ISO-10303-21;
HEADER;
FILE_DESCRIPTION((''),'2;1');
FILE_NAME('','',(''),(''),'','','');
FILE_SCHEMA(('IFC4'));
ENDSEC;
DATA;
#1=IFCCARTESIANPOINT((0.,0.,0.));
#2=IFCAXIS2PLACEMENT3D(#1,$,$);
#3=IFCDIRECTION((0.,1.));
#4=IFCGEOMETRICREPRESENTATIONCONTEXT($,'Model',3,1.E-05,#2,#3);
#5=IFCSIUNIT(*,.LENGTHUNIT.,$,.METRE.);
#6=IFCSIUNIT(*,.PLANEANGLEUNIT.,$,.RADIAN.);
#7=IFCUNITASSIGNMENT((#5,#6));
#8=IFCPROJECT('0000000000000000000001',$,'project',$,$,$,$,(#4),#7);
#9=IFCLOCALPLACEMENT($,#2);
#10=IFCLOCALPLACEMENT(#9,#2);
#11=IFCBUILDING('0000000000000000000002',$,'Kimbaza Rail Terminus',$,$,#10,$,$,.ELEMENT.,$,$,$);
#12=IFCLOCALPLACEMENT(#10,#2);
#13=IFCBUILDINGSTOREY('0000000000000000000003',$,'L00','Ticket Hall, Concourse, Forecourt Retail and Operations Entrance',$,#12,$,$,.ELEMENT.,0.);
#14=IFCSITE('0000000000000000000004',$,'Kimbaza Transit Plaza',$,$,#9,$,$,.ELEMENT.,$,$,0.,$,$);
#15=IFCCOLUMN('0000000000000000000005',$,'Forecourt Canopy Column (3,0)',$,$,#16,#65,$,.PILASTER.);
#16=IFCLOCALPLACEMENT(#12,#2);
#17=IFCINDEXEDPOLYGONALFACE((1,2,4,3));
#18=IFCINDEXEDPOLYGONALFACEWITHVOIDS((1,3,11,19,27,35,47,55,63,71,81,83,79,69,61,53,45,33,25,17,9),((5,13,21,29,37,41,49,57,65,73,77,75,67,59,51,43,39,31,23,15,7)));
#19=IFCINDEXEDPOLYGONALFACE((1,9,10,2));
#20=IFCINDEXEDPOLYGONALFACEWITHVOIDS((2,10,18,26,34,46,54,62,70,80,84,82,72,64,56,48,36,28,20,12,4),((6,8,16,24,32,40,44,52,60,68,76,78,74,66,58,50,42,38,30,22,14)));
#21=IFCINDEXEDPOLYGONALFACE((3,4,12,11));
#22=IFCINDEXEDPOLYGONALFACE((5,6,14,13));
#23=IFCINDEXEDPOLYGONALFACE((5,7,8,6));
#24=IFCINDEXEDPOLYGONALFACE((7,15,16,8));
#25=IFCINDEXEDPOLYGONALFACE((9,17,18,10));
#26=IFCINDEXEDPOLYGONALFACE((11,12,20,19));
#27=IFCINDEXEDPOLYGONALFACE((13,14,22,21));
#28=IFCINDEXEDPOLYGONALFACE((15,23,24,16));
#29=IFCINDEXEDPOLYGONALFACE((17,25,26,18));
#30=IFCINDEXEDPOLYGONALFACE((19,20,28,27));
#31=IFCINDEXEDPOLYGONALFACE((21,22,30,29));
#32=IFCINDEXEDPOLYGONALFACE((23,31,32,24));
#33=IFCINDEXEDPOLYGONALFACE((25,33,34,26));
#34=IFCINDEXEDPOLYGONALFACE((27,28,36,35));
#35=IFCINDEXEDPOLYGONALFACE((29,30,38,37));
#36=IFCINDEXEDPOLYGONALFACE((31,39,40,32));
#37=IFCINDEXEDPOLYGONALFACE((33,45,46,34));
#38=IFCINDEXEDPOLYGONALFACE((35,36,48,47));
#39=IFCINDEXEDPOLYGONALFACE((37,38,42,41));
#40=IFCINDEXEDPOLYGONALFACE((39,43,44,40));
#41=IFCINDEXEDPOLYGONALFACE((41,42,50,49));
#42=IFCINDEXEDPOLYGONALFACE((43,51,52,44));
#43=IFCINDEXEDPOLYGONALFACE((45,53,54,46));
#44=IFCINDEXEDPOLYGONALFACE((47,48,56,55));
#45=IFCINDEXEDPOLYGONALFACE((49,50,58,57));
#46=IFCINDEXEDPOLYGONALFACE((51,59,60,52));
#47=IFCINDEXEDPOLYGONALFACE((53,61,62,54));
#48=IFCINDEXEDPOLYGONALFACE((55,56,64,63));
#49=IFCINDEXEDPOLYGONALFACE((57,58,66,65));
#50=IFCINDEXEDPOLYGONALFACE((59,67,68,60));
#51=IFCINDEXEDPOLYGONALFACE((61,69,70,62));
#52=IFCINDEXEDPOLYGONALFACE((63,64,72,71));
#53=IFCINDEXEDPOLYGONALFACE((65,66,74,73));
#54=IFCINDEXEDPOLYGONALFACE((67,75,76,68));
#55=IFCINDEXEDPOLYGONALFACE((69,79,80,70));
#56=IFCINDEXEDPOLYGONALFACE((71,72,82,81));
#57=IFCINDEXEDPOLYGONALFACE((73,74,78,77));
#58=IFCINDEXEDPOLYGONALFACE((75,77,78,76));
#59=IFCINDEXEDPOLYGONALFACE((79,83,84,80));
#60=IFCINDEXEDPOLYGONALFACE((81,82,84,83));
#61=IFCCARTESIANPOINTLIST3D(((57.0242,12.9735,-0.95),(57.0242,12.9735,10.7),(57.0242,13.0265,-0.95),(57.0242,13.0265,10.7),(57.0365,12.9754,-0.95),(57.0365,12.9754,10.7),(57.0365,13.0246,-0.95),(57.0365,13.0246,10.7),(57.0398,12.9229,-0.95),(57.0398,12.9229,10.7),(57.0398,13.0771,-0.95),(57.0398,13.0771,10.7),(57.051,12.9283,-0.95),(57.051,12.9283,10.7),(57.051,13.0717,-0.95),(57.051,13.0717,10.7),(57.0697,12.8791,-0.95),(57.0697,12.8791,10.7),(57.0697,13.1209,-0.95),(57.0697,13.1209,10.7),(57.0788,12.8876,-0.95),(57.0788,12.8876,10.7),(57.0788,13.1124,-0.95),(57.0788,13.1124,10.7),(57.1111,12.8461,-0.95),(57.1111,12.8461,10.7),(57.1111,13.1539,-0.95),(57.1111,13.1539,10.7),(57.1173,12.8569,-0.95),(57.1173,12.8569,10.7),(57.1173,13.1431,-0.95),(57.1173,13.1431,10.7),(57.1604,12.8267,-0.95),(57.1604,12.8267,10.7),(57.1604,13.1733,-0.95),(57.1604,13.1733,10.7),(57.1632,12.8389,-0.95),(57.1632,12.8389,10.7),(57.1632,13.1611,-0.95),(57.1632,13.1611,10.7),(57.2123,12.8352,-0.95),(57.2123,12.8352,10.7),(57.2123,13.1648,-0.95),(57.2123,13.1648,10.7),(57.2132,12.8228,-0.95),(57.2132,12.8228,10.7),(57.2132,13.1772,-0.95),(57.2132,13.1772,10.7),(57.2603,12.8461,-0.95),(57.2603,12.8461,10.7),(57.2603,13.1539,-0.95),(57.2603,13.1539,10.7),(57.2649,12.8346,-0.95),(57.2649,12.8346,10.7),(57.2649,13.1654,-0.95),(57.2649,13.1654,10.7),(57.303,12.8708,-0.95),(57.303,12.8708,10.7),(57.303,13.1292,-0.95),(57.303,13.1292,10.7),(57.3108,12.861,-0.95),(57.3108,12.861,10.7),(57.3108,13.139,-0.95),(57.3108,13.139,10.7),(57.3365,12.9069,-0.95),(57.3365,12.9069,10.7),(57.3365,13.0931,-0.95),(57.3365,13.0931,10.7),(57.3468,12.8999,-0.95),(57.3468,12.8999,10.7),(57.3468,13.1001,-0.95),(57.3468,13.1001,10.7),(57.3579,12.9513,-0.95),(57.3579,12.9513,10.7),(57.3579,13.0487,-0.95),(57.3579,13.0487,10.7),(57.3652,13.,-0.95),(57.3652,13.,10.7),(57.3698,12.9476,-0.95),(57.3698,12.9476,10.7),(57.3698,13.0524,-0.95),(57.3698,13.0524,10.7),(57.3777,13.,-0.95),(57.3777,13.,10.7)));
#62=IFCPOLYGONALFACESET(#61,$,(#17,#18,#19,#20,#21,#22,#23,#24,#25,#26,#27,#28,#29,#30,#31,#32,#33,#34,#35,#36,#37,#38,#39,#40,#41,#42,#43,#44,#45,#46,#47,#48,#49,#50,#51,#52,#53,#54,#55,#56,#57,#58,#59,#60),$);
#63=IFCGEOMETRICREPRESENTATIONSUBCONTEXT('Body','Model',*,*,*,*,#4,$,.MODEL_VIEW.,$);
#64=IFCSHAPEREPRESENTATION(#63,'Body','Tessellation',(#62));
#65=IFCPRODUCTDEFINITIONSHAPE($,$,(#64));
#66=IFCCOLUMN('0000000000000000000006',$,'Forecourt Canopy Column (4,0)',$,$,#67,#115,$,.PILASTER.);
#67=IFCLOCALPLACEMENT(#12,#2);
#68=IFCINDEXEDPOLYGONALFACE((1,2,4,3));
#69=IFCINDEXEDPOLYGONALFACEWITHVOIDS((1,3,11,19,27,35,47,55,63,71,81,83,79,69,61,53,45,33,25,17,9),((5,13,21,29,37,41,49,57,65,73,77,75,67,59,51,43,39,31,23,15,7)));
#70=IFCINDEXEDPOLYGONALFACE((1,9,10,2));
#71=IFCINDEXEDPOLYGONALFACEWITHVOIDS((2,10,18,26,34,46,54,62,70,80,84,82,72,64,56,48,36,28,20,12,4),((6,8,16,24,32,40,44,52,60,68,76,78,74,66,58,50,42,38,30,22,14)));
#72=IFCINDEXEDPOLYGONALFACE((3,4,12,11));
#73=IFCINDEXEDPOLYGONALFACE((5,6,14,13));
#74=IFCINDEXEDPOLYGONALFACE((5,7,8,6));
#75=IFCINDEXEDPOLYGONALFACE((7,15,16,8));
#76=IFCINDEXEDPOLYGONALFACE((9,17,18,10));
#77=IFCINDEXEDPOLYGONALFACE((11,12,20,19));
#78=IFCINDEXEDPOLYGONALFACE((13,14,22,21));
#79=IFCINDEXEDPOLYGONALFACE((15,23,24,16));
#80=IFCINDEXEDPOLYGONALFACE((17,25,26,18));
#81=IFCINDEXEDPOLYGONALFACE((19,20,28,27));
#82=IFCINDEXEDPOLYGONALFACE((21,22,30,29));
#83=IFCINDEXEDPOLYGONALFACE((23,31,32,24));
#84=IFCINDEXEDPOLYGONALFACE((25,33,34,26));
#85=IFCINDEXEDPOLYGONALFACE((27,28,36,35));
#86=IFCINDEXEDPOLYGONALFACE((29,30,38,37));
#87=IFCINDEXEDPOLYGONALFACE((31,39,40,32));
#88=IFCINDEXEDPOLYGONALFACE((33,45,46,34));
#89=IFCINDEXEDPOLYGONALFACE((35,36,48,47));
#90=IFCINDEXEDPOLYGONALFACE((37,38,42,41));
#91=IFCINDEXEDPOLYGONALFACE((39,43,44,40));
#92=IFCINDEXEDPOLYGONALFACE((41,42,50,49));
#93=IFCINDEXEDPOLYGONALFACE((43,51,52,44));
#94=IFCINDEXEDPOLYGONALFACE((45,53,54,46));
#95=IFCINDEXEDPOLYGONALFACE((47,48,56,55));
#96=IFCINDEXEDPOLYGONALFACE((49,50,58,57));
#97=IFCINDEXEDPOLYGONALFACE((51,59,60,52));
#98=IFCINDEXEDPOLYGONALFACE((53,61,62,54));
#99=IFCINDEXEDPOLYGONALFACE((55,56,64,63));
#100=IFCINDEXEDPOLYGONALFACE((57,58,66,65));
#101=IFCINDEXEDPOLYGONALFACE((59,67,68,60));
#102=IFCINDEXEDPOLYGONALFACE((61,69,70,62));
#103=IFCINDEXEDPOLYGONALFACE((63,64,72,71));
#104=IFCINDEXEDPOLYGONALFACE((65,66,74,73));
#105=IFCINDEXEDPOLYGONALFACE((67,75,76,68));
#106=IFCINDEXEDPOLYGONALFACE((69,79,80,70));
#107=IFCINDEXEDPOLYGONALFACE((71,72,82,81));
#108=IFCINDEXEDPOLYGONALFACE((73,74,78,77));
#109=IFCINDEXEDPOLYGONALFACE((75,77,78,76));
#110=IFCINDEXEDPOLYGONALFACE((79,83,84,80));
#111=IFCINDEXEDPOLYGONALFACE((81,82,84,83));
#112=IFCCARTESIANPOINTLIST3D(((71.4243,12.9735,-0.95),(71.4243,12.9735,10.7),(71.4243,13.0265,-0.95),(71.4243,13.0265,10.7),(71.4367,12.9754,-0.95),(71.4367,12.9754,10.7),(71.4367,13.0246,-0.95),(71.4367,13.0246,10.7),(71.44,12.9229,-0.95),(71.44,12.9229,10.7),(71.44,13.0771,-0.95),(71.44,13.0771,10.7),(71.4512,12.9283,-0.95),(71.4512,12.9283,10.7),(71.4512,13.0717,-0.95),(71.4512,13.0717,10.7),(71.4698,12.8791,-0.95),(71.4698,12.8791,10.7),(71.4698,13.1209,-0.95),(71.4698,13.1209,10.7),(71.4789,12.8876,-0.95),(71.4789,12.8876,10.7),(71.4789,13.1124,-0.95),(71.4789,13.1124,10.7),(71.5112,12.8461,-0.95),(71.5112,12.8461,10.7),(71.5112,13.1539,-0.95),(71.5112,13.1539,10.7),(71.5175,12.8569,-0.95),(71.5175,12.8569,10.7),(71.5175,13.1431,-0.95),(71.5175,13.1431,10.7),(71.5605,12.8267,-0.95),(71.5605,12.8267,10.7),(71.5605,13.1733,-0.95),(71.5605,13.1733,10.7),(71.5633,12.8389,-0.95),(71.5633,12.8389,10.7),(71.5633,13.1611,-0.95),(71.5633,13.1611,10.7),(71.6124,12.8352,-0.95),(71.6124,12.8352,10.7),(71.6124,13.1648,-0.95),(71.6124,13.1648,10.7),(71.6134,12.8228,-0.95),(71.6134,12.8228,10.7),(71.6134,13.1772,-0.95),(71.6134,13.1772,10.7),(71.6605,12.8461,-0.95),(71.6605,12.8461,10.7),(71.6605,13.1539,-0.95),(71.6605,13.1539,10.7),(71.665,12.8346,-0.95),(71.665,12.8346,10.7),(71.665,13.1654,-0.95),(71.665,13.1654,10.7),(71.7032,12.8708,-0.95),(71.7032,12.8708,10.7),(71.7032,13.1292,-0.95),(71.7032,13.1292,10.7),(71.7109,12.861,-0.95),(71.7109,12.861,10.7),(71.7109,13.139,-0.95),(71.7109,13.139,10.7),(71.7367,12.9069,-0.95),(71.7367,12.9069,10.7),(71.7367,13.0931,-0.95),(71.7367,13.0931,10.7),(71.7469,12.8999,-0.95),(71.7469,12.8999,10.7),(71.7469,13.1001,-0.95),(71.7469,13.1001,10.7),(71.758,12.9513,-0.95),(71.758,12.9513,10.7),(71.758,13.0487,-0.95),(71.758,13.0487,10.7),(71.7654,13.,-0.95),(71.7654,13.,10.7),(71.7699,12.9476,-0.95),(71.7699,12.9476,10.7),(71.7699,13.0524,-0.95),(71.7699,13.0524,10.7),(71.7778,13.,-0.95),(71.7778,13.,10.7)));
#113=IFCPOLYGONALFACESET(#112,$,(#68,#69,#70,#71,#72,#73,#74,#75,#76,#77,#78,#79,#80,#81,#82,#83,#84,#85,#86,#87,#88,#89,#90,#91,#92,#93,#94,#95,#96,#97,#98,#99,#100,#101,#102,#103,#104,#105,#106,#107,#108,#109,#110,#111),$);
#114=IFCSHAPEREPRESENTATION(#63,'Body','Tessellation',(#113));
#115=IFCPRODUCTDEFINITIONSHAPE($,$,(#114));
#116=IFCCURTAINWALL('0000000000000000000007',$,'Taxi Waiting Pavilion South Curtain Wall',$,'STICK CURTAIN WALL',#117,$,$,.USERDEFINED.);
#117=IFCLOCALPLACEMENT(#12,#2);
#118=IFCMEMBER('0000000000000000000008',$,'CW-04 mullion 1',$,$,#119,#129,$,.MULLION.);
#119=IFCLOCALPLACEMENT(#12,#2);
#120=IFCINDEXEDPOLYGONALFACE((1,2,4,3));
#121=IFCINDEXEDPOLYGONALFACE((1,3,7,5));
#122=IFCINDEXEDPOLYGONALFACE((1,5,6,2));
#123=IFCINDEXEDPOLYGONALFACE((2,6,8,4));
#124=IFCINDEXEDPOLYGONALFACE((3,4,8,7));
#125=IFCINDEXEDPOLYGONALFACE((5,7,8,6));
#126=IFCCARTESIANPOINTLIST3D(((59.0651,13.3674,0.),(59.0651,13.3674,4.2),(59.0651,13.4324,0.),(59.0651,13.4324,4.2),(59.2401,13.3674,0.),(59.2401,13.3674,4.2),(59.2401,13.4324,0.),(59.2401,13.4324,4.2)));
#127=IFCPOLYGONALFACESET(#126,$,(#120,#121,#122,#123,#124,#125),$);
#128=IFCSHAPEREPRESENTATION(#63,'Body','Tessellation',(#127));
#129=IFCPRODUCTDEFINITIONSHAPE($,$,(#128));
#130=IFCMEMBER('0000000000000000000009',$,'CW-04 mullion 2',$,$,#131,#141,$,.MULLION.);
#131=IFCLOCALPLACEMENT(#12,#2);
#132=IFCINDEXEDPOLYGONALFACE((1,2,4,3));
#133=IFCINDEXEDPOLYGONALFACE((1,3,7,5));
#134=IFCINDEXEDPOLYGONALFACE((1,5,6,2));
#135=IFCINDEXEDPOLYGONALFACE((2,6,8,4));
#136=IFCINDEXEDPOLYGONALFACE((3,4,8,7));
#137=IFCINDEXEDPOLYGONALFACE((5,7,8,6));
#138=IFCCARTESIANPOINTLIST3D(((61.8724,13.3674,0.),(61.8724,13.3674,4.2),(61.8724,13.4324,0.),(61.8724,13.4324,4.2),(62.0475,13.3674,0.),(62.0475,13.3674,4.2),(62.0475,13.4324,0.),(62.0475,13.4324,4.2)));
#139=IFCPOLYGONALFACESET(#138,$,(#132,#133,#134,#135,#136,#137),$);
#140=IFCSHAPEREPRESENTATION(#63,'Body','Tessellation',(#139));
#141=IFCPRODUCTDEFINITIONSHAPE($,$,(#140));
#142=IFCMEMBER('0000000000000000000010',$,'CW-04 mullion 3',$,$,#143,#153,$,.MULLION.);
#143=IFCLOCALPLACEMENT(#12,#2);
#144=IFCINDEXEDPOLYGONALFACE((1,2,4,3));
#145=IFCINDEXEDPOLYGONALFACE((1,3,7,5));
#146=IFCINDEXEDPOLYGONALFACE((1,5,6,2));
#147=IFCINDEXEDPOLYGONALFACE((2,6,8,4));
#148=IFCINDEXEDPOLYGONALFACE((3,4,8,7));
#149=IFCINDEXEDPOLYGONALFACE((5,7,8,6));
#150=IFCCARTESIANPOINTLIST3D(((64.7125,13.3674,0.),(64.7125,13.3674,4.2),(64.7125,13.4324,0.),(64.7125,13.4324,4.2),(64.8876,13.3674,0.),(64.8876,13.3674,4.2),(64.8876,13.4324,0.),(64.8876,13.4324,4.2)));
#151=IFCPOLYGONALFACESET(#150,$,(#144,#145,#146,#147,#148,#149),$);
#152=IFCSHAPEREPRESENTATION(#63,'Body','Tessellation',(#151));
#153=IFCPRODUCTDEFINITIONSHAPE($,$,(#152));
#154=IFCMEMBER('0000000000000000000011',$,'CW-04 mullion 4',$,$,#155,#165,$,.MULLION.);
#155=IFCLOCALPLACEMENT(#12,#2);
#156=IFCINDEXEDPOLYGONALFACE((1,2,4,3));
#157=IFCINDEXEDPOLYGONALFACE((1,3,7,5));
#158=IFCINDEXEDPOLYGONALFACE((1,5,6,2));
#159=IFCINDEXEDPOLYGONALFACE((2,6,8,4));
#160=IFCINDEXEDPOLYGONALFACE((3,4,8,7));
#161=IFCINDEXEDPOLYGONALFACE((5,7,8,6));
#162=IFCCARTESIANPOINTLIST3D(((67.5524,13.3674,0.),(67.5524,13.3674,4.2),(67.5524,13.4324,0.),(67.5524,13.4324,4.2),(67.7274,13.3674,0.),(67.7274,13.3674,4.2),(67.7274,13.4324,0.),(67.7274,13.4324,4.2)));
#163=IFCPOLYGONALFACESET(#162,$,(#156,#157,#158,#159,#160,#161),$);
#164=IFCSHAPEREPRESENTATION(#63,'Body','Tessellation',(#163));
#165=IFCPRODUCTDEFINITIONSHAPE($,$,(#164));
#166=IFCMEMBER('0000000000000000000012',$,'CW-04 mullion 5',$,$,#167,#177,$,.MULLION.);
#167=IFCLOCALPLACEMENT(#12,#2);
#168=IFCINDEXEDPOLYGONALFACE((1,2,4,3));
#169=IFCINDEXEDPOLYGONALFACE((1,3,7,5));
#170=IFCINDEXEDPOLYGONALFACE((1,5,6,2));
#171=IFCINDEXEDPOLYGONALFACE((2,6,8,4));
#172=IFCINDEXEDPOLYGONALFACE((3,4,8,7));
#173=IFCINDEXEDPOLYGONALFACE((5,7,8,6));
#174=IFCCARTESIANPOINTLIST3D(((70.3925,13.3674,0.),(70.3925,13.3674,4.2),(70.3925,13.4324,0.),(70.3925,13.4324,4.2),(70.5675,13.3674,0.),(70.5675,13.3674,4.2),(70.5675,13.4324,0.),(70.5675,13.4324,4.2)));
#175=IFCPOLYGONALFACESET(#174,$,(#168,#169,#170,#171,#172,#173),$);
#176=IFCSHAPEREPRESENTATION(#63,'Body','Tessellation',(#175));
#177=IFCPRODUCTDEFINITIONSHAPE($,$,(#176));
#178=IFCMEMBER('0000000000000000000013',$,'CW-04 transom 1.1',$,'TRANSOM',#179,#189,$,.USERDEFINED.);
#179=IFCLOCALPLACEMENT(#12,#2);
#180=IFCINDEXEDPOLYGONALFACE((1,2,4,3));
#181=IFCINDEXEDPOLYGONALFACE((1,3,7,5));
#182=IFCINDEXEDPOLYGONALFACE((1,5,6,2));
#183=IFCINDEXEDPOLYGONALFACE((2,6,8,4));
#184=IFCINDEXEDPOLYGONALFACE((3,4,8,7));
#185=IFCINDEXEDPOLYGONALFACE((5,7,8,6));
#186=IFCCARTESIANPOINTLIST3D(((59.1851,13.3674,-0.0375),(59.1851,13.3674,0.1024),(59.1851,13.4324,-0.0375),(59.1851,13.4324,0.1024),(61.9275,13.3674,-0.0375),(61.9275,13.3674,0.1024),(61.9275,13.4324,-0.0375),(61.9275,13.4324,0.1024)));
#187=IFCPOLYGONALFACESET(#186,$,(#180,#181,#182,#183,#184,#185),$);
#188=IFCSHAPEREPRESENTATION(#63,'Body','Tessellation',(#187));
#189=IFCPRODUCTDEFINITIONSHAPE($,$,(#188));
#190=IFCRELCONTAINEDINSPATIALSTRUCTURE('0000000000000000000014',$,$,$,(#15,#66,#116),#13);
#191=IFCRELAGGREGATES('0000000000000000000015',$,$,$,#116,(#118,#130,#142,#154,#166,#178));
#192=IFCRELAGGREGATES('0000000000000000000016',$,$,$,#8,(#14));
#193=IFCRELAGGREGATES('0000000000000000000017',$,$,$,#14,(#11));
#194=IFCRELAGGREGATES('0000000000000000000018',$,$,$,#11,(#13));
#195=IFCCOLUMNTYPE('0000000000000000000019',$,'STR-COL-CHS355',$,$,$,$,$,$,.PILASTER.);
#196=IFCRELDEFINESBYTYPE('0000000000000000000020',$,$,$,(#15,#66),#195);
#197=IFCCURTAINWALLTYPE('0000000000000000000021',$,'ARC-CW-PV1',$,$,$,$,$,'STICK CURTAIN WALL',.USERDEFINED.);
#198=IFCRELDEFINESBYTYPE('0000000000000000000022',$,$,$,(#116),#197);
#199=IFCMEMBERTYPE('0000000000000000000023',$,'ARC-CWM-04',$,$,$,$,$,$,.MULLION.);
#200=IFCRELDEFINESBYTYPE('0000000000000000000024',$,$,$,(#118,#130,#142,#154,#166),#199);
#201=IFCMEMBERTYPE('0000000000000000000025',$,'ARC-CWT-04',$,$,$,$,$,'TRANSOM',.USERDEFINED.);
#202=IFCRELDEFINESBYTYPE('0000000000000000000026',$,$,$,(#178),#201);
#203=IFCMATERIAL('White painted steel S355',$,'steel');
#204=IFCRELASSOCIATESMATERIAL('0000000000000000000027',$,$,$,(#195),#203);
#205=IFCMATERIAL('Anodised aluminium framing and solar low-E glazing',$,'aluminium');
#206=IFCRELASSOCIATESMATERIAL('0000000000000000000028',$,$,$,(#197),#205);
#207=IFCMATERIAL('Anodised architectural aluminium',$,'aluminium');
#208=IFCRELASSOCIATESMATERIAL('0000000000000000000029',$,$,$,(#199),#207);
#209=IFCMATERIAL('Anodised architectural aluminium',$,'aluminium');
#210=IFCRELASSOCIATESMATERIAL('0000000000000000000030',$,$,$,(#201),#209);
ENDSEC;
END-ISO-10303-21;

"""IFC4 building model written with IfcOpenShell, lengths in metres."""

from ifc_helpers import new_model, si_unit, direction, frame, origin, origin_2d, place, context, subcontext, project, spatial, rectangle, hollow_circle, extrude, material, material_profile, profile_set, type_object, element, aggregate, save


model = new_model("IFC4")

# Units and contexts
model_context = context("Model", 3, precision=1e-05, world=origin(), true_north=direction((0.0, 1.0)))
body_context = subcontext(model_context, "Body", "Model", "MODEL_VIEW")
ifc_project = project(units=[si_unit("LENGTHUNIT", "METRE"), si_unit("PLANEANGLEUNIT", "RADIAN")], contexts=[model_context])

# Site, building, storey
site_placement = place(None, origin())
site = spatial("IfcSite", under=ifc_project, at=site_placement, Name="Kimbaza Transit Plaza", CompositionType="ELEMENT", RefElevation=0.0)
building_placement = place(site_placement, origin())
building = spatial("IfcBuilding", under=site, at=building_placement, Name="Kimbaza Rail Terminus", CompositionType="ELEMENT")
storey_placement = place(building_placement, origin())
storey = spatial("IfcBuildingStorey", under=building, at=storey_placement, Name="L00", Description="Ticket Hall, Concourse, Forecourt Retail and Operations Entrance", CompositionType="ELEMENT", Elevation=0.0)

# Columns
ifc_material_1 = material(Name="White painted steel S355", Category="steel")
ifc_material_profile_1 = material_profile(ifc_material_1, hollow_circle(Radius=0.1777, WallThickness=0.0125, at=origin_2d()), Name="CHS 355.6x12.5")
ifc_profile_set_1 = profile_set([ifc_material_profile_1], Name="White painted steel S355")
column_type = type_object("IfcColumnType", Name="STR-COL-CHS355", PredefinedType="PILASTER", material=ifc_profile_set_1)
for number, where, z_axis, x_axis, name in (
    (1, (57.2, 13.0, -0.95), (0.0, 0.0, 1.0), (1.0, 0.0, 0.0), "Forecourt Canopy Column (3,0)"),
    (2, (71.6001, 13.0, -0.95), (0.0, 0.0, 1.0), (1.0, 0.0, 0.0), "Forecourt Canopy Column (4,0)"),
):
    element("IfcColumn", number, at=place(storey_placement, frame(where, z_axis=z_axis, x_axis=x_axis)), inside=storey, type_object=column_type, Name=name, PredefinedType="PILASTER", context=body_context, shape_type="SweptSolid", body=[
        extrude(hollow_circle(Radius=0.1777, WallThickness=0.0125, at=origin_2d()), origin(), (0.0, 0.0, 1.0), 11.6499),
    ])

# Curtain wall, members
ifc_material_2 = material(Name="Anodised aluminium framing and solar low-E glazing", Category="aluminium")
curtain_wall_type = type_object("IfcCurtainWallType", Name="ARC-CW-PV1", ElementType="STICK CURTAIN WALL", PredefinedType="USERDEFINED", material=ifc_material_2)
curtain_wall_placement = place(storey_placement, origin())
curtain_wall = element("IfcCurtainWall", 3, at=curtain_wall_placement, inside=storey, type_object=curtain_wall_type, Name="Taxi Waiting Pavilion South Curtain Wall", ObjectType="STICK CURTAIN WALL", PredefinedType="USERDEFINED")
ifc_material_3 = material(Name="Anodised architectural aluminium", Category="aluminium")
ifc_material_profile_2 = material_profile(ifc_material_3, rectangle(XDim=0.0649, YDim=0.175, at=origin_2d()), Name="MULLION 65x175")
ifc_profile_set_2 = profile_set([ifc_material_profile_2], Name="Anodised architectural aluminium")
member_type_1 = type_object("IfcMemberType", Name="ARC-CWM-04", PredefinedType="MULLION", material=ifc_profile_set_2)
member_1_placement = place(storey_placement, frame((59.1526, 13.3999, 0.0), z_axis=(0.0, 0.0, 1.0), x_axis=(0.0, 1.0, 0.0)))
member_1 = element("IfcMember", 4, at=member_1_placement, type_object=member_type_1, Name="CW-04 mullion 1", PredefinedType="MULLION", context=body_context, shape_type="SweptSolid", body=[
    extrude(rectangle(XDim=0.0649, YDim=0.175, at=origin_2d()), origin(), (0.0, 0.0, 1.0), 4.2),
])
member_2_placement = place(storey_placement, frame((61.96, 13.3999, 0.0), z_axis=(0.0, 0.0, 1.0), x_axis=(0.0, 1.0, 0.0)))
member_2 = element("IfcMember", 5, at=member_2_placement, type_object=member_type_1, Name="CW-04 mullion 2", PredefinedType="MULLION", context=body_context, shape_type="SweptSolid", body=[
    extrude(rectangle(XDim=0.0649, YDim=0.175, at=origin_2d()), origin(), (0.0, 0.0, 1.0), 4.2),
])
member_3_placement = place(storey_placement, frame((64.8, 13.3999, 0.0), z_axis=(0.0, 0.0, 1.0), x_axis=(0.0, 1.0, 0.0)))
member_3 = element("IfcMember", 6, at=member_3_placement, type_object=member_type_1, Name="CW-04 mullion 3", PredefinedType="MULLION", context=body_context, shape_type="SweptSolid", body=[
    extrude(rectangle(XDim=0.0649, YDim=0.175, at=origin_2d()), origin(), (0.0, 0.0, 1.0), 4.2),
])
member_4_placement = place(storey_placement, frame((67.6399, 13.3999, 0.0), z_axis=(0.0, 0.0, 1.0), x_axis=(0.0, 1.0, 0.0)))
member_4 = element("IfcMember", 7, at=member_4_placement, type_object=member_type_1, Name="CW-04 mullion 4", PredefinedType="MULLION", context=body_context, shape_type="SweptSolid", body=[
    extrude(rectangle(XDim=0.0649, YDim=0.175, at=origin_2d()), origin(), (0.0, 0.0, 1.0), 4.2),
])
member_5_placement = place(storey_placement, frame((70.48, 13.3999, 0.0), z_axis=(0.0, 0.0, 1.0), x_axis=(0.0, 1.0, 0.0)))
member_5 = element("IfcMember", 8, at=member_5_placement, type_object=member_type_1, Name="CW-04 mullion 5", PredefinedType="MULLION", context=body_context, shape_type="SweptSolid", body=[
    extrude(rectangle(XDim=0.0649, YDim=0.175, at=origin_2d()), origin(), (0.0, 0.0, 1.0), 4.2),
])
ifc_material_4 = material(Name="Anodised architectural aluminium", Category="aluminium")
ifc_material_profile_3 = material_profile(ifc_material_4, rectangle(XDim=0.0649, YDim=0.1399, at=origin_2d()), Name="TRANSOM 65x140")
ifc_profile_set_3 = profile_set([ifc_material_profile_3], Name="Anodised architectural aluminium")
member_type_2 = type_object("IfcMemberType", Name="ARC-CWT-04", ElementType="TRANSOM", PredefinedType="USERDEFINED", material=ifc_profile_set_3)
member_6_placement = place(storey_placement, frame((59.1851, 13.3999, 0.0325), z_axis=(1.0, 0.0, 0.0), x_axis=(0.0, 1.0, 0.0)))
member_6 = element("IfcMember", 9, at=member_6_placement, type_object=member_type_2, Name="CW-04 transom 1.1", ObjectType="TRANSOM", PredefinedType="USERDEFINED", context=body_context, shape_type="SweptSolid", body=[
    extrude(rectangle(XDim=0.0649, YDim=0.1399, at=origin_2d()), origin(), (0.0, 0.0, 1.0), 2.7424),
])
aggregate(curtain_wall, [member_1, member_2, member_3, member_4, member_5, member_6])

save(model, "model.ifc")
